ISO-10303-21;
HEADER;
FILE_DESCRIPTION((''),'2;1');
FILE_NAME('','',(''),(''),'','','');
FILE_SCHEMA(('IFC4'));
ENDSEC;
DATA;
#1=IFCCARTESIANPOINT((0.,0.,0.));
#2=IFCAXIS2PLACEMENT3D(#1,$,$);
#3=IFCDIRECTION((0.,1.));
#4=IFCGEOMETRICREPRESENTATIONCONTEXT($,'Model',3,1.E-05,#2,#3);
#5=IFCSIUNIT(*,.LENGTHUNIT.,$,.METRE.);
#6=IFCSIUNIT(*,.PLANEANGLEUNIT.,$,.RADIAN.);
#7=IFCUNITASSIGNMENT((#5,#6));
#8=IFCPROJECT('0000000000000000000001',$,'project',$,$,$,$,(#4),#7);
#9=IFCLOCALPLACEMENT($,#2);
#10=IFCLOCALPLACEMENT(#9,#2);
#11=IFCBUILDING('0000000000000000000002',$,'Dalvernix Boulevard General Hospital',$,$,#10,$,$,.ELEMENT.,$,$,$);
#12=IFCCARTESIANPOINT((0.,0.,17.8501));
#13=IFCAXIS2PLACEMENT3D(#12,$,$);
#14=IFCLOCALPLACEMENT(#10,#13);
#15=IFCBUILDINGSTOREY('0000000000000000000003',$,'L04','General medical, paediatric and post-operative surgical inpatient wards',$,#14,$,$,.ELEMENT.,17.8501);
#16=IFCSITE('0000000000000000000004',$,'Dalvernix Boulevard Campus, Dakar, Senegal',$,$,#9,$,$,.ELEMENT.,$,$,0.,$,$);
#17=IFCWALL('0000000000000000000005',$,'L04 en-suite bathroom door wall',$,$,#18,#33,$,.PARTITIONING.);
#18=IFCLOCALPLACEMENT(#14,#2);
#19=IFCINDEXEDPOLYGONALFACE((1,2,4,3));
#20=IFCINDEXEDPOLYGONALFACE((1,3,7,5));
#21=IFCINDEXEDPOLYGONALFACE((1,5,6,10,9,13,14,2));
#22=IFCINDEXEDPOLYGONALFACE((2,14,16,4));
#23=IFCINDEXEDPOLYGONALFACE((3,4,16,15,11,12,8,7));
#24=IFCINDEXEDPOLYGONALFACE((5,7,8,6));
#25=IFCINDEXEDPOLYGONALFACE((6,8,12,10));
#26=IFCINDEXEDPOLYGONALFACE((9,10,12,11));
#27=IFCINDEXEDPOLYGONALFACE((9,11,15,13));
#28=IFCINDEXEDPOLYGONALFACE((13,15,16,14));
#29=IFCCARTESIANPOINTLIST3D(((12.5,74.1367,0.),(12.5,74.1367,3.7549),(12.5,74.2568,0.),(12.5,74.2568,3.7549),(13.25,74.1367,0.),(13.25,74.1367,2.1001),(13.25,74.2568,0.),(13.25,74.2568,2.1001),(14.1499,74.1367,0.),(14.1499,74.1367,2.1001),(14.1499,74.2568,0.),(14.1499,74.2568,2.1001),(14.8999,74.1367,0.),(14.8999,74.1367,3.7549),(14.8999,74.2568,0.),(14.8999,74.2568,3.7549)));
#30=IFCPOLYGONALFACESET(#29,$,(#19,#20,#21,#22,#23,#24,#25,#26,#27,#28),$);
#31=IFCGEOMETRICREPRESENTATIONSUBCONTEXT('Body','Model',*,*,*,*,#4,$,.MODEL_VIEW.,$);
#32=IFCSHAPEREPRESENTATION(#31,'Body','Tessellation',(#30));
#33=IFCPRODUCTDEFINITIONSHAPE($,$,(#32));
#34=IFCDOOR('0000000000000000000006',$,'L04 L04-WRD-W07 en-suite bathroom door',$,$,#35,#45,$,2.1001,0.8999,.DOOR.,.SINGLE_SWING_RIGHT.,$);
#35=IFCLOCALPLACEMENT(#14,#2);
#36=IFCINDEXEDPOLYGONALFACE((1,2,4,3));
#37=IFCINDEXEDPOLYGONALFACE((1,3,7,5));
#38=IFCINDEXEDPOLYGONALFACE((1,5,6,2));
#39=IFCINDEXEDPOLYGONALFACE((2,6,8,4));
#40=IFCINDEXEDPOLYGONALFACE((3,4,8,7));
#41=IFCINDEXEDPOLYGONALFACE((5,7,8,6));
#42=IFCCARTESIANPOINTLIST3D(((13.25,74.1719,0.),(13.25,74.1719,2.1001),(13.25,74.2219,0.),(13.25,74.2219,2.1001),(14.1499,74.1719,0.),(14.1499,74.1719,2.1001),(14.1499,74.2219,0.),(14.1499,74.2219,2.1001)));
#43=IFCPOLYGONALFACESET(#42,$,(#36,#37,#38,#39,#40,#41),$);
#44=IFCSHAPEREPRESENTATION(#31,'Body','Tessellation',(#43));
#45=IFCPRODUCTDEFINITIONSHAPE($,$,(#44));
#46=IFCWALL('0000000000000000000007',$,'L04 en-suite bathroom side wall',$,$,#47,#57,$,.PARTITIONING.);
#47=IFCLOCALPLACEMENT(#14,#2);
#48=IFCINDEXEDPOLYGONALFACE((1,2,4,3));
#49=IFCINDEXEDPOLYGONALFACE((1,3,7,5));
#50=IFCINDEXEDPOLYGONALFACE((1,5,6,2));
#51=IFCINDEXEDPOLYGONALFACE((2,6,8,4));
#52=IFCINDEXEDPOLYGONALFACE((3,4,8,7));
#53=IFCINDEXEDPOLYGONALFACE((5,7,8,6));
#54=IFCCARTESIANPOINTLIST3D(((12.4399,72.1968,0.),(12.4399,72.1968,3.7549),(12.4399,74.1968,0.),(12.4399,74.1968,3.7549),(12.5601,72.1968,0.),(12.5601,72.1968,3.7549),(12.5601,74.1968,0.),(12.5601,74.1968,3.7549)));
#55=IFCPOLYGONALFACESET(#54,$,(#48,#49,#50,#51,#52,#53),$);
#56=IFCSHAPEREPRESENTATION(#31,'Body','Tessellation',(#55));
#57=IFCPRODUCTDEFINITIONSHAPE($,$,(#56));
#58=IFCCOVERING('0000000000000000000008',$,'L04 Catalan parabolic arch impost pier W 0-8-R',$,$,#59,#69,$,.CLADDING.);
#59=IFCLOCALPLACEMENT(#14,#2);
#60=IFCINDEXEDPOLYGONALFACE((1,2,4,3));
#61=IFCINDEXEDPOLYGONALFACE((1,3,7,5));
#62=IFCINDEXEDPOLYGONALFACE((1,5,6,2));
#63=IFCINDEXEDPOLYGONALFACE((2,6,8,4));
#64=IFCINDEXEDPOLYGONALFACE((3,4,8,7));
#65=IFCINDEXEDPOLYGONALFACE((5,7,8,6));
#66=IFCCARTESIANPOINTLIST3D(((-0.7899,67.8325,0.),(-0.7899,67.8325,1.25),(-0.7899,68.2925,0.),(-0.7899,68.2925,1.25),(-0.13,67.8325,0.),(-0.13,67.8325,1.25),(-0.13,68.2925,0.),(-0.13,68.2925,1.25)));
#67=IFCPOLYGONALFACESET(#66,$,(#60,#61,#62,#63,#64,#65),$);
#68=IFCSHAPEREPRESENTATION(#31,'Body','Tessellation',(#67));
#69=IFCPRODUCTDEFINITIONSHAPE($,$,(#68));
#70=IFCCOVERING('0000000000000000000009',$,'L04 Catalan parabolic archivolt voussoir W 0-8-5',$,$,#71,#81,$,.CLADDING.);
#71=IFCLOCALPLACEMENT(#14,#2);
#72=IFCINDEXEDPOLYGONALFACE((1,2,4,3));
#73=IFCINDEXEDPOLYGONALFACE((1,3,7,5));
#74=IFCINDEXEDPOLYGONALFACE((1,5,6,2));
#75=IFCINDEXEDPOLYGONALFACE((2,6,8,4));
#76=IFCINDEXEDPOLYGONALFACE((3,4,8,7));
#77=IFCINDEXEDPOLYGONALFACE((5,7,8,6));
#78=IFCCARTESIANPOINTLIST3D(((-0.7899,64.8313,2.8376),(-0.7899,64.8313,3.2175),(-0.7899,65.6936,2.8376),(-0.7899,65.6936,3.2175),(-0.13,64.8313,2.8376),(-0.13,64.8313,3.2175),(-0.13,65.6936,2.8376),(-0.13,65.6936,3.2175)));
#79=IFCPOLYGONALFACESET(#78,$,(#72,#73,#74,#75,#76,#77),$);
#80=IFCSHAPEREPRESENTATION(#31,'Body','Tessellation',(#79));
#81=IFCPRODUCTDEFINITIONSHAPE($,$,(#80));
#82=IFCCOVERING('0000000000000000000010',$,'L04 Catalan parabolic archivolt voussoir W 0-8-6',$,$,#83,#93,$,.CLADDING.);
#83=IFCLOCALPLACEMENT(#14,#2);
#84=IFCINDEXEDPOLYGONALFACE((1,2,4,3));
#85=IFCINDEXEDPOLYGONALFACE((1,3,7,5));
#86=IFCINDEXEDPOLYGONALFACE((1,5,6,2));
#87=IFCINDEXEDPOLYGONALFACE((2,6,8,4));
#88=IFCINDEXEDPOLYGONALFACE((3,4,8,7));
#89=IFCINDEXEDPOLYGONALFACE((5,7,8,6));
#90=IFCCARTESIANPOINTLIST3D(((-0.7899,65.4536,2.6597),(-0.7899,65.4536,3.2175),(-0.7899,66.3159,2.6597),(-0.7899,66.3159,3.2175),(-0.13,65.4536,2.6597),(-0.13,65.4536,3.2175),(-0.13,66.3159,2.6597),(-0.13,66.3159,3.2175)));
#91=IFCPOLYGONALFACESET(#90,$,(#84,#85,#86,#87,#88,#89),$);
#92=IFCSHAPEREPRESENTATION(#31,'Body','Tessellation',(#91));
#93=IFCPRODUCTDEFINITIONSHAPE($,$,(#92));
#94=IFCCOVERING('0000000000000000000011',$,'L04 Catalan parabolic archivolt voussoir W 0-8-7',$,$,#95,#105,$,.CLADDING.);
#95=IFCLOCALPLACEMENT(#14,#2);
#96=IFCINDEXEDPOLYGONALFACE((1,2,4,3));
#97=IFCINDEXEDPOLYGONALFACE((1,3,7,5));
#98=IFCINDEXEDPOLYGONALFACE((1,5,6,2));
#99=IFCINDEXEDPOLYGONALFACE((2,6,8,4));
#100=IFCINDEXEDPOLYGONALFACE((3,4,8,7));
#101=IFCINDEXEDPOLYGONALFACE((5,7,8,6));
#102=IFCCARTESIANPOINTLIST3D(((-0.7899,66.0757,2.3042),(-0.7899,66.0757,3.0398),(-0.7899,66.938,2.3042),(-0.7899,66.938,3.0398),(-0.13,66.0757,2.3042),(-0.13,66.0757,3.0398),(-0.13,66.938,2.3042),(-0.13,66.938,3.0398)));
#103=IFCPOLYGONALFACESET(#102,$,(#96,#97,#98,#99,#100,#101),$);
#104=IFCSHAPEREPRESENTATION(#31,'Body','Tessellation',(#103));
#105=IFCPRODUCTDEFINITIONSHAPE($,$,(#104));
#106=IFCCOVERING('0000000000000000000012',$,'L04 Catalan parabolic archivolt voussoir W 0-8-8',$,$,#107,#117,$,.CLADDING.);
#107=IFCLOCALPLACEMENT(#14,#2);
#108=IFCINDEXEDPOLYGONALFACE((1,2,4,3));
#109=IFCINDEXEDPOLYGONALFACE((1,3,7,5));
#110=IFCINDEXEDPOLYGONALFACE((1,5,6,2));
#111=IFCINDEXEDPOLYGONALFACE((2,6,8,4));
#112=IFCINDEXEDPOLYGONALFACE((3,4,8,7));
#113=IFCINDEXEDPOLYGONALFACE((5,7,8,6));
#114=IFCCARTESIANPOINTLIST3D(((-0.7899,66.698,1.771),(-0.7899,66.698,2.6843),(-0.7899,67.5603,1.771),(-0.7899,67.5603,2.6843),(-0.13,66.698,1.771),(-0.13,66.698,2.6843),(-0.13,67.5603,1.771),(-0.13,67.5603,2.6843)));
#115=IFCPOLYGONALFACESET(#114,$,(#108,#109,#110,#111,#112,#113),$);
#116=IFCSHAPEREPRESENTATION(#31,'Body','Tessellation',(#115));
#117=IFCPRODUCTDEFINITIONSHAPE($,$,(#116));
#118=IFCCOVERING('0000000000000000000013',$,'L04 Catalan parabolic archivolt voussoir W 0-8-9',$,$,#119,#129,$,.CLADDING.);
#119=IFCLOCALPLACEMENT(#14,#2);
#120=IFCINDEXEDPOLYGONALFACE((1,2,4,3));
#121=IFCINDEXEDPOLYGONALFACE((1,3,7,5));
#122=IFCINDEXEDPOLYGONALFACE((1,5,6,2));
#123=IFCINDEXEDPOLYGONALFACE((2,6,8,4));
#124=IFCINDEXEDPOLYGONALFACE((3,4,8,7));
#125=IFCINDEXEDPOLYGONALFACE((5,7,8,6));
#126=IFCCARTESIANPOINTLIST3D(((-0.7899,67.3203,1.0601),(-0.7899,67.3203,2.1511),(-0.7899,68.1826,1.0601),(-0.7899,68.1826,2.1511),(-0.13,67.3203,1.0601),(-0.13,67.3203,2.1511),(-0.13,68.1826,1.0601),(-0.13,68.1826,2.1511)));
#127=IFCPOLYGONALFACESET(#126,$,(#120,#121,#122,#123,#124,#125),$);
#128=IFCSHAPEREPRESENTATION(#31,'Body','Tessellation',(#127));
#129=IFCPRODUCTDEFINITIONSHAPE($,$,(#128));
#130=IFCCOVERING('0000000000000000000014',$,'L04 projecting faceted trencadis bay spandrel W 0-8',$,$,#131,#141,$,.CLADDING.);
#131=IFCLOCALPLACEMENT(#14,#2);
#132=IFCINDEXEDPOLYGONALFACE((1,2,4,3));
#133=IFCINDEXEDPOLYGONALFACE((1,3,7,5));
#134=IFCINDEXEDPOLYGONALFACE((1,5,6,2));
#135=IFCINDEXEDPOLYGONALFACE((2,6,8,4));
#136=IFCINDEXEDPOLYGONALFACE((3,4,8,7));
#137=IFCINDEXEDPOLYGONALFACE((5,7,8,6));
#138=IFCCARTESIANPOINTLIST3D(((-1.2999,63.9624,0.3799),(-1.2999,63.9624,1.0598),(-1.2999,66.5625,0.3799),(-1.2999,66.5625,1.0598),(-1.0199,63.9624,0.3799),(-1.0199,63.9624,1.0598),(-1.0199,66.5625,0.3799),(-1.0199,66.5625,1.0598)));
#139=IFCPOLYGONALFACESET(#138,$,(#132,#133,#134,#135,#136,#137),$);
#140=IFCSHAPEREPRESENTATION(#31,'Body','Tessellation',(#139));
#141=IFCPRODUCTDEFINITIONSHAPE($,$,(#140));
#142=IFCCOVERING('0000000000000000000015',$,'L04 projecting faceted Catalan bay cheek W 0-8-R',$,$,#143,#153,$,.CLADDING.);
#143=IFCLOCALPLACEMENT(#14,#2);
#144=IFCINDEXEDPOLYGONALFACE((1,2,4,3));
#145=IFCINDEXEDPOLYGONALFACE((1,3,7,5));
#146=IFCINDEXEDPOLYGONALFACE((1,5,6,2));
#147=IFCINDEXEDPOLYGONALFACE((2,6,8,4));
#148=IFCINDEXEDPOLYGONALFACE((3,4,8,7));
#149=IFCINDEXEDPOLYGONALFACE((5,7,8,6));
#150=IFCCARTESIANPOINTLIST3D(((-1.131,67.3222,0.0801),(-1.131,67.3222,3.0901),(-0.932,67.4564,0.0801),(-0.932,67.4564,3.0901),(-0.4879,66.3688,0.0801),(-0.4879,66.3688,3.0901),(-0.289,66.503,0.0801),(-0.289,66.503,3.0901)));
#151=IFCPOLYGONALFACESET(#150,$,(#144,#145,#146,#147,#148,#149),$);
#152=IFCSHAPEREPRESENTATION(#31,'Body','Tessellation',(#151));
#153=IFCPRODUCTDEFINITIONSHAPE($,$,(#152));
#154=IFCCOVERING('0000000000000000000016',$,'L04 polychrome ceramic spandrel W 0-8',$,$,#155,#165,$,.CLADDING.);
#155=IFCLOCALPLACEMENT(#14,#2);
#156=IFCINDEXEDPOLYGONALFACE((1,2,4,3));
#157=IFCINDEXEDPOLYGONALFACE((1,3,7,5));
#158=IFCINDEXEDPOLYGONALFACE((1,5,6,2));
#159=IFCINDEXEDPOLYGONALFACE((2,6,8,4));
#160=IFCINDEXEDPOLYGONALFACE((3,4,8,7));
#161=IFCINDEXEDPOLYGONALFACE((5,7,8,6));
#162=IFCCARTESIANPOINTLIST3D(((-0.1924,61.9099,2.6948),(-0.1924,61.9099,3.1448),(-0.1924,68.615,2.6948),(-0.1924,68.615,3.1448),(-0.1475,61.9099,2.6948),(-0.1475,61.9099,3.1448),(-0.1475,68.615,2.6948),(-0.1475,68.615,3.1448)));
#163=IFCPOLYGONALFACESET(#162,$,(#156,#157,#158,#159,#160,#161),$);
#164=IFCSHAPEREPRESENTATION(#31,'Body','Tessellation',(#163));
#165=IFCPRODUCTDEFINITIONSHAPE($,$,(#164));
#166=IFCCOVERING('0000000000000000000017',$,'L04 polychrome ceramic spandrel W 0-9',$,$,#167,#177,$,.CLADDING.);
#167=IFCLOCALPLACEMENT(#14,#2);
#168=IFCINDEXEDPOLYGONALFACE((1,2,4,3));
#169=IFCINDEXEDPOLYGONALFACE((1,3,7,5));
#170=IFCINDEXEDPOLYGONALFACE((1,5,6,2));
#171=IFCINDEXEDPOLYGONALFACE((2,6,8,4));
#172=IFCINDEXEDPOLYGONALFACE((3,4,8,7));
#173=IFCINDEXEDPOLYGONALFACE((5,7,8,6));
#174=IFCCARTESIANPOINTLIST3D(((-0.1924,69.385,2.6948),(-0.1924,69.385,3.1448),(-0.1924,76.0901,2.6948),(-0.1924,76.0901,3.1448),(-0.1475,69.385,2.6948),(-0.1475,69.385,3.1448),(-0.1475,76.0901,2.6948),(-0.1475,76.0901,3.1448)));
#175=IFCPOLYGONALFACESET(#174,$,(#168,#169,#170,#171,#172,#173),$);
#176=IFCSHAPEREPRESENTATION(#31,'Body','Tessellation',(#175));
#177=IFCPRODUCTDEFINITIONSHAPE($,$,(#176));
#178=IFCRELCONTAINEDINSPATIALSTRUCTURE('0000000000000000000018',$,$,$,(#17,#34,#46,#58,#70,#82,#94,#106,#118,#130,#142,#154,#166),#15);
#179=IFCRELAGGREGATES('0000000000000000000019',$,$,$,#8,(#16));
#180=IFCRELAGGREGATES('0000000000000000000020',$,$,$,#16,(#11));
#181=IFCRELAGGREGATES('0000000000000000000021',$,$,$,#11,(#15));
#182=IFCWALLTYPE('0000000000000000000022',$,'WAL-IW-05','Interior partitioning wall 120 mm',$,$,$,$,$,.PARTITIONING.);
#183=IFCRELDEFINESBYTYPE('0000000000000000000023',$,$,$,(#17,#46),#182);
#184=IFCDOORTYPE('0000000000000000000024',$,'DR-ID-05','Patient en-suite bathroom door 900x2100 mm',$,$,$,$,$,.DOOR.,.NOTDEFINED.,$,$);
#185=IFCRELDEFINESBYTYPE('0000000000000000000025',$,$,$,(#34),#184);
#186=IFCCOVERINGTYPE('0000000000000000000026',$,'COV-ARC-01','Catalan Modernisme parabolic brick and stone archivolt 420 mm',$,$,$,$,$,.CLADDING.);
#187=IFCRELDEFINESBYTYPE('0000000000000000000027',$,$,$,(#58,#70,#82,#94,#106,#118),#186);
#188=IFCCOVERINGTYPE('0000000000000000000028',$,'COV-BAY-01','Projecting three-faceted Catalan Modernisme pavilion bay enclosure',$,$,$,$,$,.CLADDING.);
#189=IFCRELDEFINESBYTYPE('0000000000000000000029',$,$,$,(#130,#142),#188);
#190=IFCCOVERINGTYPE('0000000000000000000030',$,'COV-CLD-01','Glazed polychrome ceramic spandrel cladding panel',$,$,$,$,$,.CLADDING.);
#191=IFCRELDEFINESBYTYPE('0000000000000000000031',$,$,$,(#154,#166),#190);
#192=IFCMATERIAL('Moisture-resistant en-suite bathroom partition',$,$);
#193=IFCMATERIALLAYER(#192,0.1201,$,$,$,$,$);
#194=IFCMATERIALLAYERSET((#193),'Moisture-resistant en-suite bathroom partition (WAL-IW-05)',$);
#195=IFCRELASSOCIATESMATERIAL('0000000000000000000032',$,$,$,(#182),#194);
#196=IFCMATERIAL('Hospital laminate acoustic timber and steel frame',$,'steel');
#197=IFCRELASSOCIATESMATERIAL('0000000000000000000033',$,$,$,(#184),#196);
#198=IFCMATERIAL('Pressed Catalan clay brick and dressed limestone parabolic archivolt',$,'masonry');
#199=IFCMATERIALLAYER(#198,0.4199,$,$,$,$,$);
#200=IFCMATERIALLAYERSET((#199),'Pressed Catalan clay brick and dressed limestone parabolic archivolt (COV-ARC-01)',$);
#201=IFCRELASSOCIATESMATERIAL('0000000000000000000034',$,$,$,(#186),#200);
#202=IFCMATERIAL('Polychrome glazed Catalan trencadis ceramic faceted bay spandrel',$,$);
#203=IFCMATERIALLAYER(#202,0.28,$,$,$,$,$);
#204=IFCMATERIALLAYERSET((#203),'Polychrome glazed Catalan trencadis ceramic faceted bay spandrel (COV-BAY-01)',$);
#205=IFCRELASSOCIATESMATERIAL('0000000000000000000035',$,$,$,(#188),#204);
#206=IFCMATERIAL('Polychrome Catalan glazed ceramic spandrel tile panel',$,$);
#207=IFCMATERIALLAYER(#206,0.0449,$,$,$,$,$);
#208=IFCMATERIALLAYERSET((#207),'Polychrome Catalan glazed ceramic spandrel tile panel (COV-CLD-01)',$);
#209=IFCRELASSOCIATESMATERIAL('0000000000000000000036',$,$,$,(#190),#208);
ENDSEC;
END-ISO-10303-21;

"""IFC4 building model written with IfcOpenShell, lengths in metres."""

from ifc_helpers import new_model, si_unit, direction, frame, frame_2d, origin, origin_2d, place, context, subcontext, project, spatial, rectangle, extrude, material, layer, layer_set, type_object, element, fill, save


model = new_model("IFC4")

# Units and contexts
model_context = context("Model", 3, precision=1e-05, world=origin(), true_north=direction((0.0, 1.0)))
body_context = subcontext(model_context, "Body", "Model", "MODEL_VIEW")
ifc_project = project(units=[si_unit("LENGTHUNIT", "METRE"), si_unit("PLANEANGLEUNIT", "RADIAN")], contexts=[model_context])

# Site, building, storey
site_placement = place(None, origin())
site = spatial("IfcSite", under=ifc_project, at=site_placement, Name="Dalvernix Boulevard Campus, Dakar, Senegal", CompositionType="ELEMENT", RefElevation=0.0)
building_placement = place(site_placement, origin())
building = spatial("IfcBuilding", under=site, at=building_placement, Name="Dalvernix Boulevard General Hospital", CompositionType="ELEMENT")
storey_placement = place(building_placement, frame((0.0, 0.0, 17.8501)))
storey = spatial("IfcBuildingStorey", under=building, at=storey_placement, Name="L04", Description="General medical, paediatric and post-operative surgical inpatient wards", CompositionType="ELEMENT", Elevation=17.8501)

# Shared definitions
ifc_material_1 = material(Name="Hospital laminate acoustic timber and steel frame", Category="steel")

# Wall, opening, door
ifc_material_2 = material(Name="Moisture-resistant en-suite bathroom partition")
ifc_layer_1 = layer(ifc_material_2, 0.1201)
ifc_layer_set_1 = layer_set([ifc_layer_1], Name="Moisture-resistant en-suite bathroom partition (WAL-IW-05)")
wall_type_1 = type_object("IfcWallType", Name="WAL-IW-05", Description="Interior partitioning wall 120 mm", PredefinedType="PARTITIONING", material=ifc_layer_set_1)
wall_1_placement = place(storey_placement, frame((14.8999, 74.1968, 0.0), z_axis=(0.0, 0.0, 1.0), x_axis=(-1.0, 0.0, 0.0)))
wall_1 = element("IfcWall", 1, at=wall_1_placement, inside=storey, type_object=wall_type_1, Name="L04 en-suite bathroom door wall", PredefinedType="PARTITIONING", context=body_context, shape_type="SweptSolid", body=[
    extrude(rectangle(XDim=2.3999, YDim=0.1201, at=frame_2d((1.2, 0.0))), origin(), (0.0, 0.0, 1.0), 3.7549),
])
opening_1_placement = place(wall_1_placement, frame((0.75, 0.0, 0.0)))
opening_1 = element("IfcOpeningElement", 2, at=opening_1_placement, cuts=wall_1, PredefinedType="OPENING", context=body_context, shape_type="SweptSolid", body=[
    extrude(rectangle(XDim=0.8999, YDim=2.1001, at=frame_2d((0.45, 1.05))), frame((0.0, 0.0701, 0.0), z_axis=(0.0, -1.0, 0.0), x_axis=(1.0, 0.0, 0.0)), (0.0, 0.0, 1.0), 0.1401),
])
door_type_1 = type_object("IfcDoorType", Name="DR-ID-05", Description="Patient en-suite bathroom door 900x2100 mm", OperationType="NOTDEFINED", PredefinedType="DOOR", material=ifc_material_1)
door_1_placement = place(opening_1_placement, origin())
door_1 = element("IfcDoor", 3, at=door_1_placement, inside=storey, type_object=door_type_1, Name="L04 L04-WRD-W07 en-suite bathroom door", OperationType="SINGLE_SWING_RIGHT", OverallHeight=2.1001, OverallWidth=0.8999, PredefinedType="DOOR", context=body_context, shape_type="SweptSolid", body=[
    extrude(rectangle(XDim=0.8999, YDim=2.1001, at=frame_2d((0.45, 1.05))), frame((0.0, 0.0249, 0.0), z_axis=(0.0, -1.0, 0.0), x_axis=(1.0, 0.0, 0.0)), (0.0, 0.0, 1.0), 0.05),
])
fill(opening_1, door_1)

# Wall
wall_2_placement = place(storey_placement, frame((12.5, 72.1968, 0.0), z_axis=(0.0, 0.0, 1.0), x_axis=(0.0, 1.0, 0.0)))
element("IfcWall", 4, at=wall_2_placement, inside=storey, type_object=wall_type_1, Name="L04 en-suite bathroom side wall", PredefinedType="PARTITIONING", context=body_context, shape_type="SweptSolid", body=[
    extrude(rectangle(XDim=2.0, YDim=0.1201, at=frame_2d((1.0, 0.0))), origin(), (0.0, 0.0, 1.0), 3.7549),
])

# Coverings
ifc_material_3 = material(Name="Pressed Catalan clay brick and dressed limestone parabolic archivolt", Category="masonry")
ifc_layer_2 = layer(ifc_material_3, 0.4199)
ifc_layer_set_2 = layer_set([ifc_layer_2], Name="Pressed Catalan clay brick and dressed limestone parabolic archivolt (COV-ARC-01)")
covering_type_1 = type_object("IfcCoveringType", Name="COV-ARC-01", Description="Catalan Modernisme parabolic brick and stone archivolt 420 mm", PredefinedType="CLADDING", material=ifc_layer_set_2)
covering_1_placement = place(storey_placement, frame((-0.46, 68.0625, 0.0), z_axis=(0.0, 0.0, 1.0), x_axis=(0.0, 1.0, 0.0)))
element("IfcCovering", 5, at=covering_1_placement, inside=storey, type_object=covering_type_1, Name="L04 Catalan parabolic arch impost pier W 0-8-R", PredefinedType="CLADDING", context=body_context, shape_type="SweptSolid", body=[
    extrude(rectangle(XDim=0.46, YDim=0.6599, at=origin_2d()), origin(), (0.0, 0.0, 1.0), 1.25),
])
covering_2_placement = place(storey_placement, frame((-0.46, 65.2625, 2.8376), z_axis=(0.0, 0.0, 1.0), x_axis=(0.0, 1.0, 0.0)))
element("IfcCovering", 6, at=covering_2_placement, inside=storey, type_object=covering_type_1, Name="L04 Catalan parabolic archivolt voussoir W 0-8-5", PredefinedType="CLADDING", context=body_context, shape_type="SweptSolid", body=[
    extrude(rectangle(XDim=0.8623, YDim=0.6599, at=origin_2d()), origin(), (0.0, 0.0, 1.0), 0.3799),
])
covering_3_placement = place(storey_placement, frame((-0.46, 65.8848, 2.6597), z_axis=(0.0, 0.0, 1.0), x_axis=(0.0, 1.0, 0.0)))
element("IfcCovering", 7, at=covering_3_placement, inside=storey, type_object=covering_type_1, Name="L04 Catalan parabolic archivolt voussoir W 0-8-6", PredefinedType="CLADDING", context=body_context, shape_type="SweptSolid", body=[
    extrude(rectangle(XDim=0.8623, YDim=0.6599, at=origin_2d()), origin(), (0.0, 0.0, 1.0), 0.5579),
])
covering_4_placement = place(storey_placement, frame((-0.46, 66.5068, 2.3042), z_axis=(0.0, 0.0, 1.0), x_axis=(0.0, 1.0, 0.0)))
element("IfcCovering", 8, at=covering_4_placement, inside=storey, type_object=covering_type_1, Name="L04 Catalan parabolic archivolt voussoir W 0-8-7", PredefinedType="CLADDING", context=body_context, shape_type="SweptSolid", body=[
    extrude(rectangle(XDim=0.8623, YDim=0.6599, at=origin_2d()), origin(), (0.0, 0.0, 1.0), 0.7356),
])
covering_5_placement = place(storey_placement, frame((-0.46, 67.1292, 1.771), z_axis=(0.0, 0.0, 1.0), x_axis=(0.0, 1.0, 0.0)))
element("IfcCovering", 9, at=covering_5_placement, inside=storey, type_object=covering_type_1, Name="L04 Catalan parabolic archivolt voussoir W 0-8-8", PredefinedType="CLADDING", context=body_context, shape_type="SweptSolid", body=[
    extrude(rectangle(XDim=0.8623, YDim=0.6599, at=origin_2d()), origin(), (0.0, 0.0, 1.0), 0.9133),
])
covering_6_placement = place(storey_placement, frame((-0.46, 67.7515, 1.0601), z_axis=(0.0, 0.0, 1.0), x_axis=(0.0, 1.0, 0.0)))
element("IfcCovering", 10, at=covering_6_placement, inside=storey, type_object=covering_type_1, Name="L04 Catalan parabolic archivolt voussoir W 0-8-9", PredefinedType="CLADDING", context=body_context, shape_type="SweptSolid", body=[
    extrude(rectangle(XDim=0.8623, YDim=0.6599, at=origin_2d()), origin(), (0.0, 0.0, 1.0), 1.0911),
])
ifc_material_4 = material(Name="Polychrome glazed Catalan trencadis ceramic faceted bay spandrel")
ifc_layer_3 = layer(ifc_material_4, 0.28)
ifc_layer_set_3 = layer_set([ifc_layer_3], Name="Polychrome glazed Catalan trencadis ceramic faceted bay spandrel (COV-BAY-01)")
covering_type_2 = type_object("IfcCoveringType", Name="COV-BAY-01", Description="Projecting three-faceted Catalan Modernisme pavilion bay enclosure", PredefinedType="CLADDING", material=ifc_layer_set_3)
covering_7_placement = place(storey_placement, frame((-1.1599, 65.2625, 0.3799), z_axis=(0.0, 0.0, 1.0), x_axis=(0.0, 1.0, 0.0)))
element("IfcCovering", 11, at=covering_7_placement, inside=storey, type_object=covering_type_2, Name="L04 projecting faceted trencadis bay spandrel W 0-8", PredefinedType="CLADDING", context=body_context, shape_type="SweptSolid", body=[
    extrude(rectangle(XDim=2.6001, YDim=0.28, at=origin_2d()), origin(), (0.0, 0.0, 1.0), 0.6799),
])
covering_8_placement = place(storey_placement, frame((-0.71, 66.9126, 0.0801), z_axis=(0.0, 0.0, 1.0), x_axis=(-0.559193, 0.829038, 0.0)))
element("IfcCovering", 12, at=covering_8_placement, inside=storey, type_object=covering_type_2, Name="L04 projecting faceted Catalan bay cheek W 0-8-R", PredefinedType="CLADDING", context=body_context, shape_type="SweptSolid", body=[
    extrude(rectangle(XDim=1.1499, YDim=0.24, at=origin_2d()), origin(), (0.0, 0.0, 1.0), 3.01),
])
ifc_material_5 = material(Name="Polychrome Catalan glazed ceramic spandrel tile panel")
ifc_layer_4 = layer(ifc_material_5, 0.0449)
ifc_layer_set_4 = layer_set([ifc_layer_4], Name="Polychrome Catalan glazed ceramic spandrel tile panel (COV-CLD-01)")
covering_type_3 = type_object("IfcCoveringType", Name="COV-CLD-01", Description="Glazed polychrome ceramic spandrel cladding panel", PredefinedType="CLADDING", material=ifc_layer_set_4)
for number, where, z_axis, x_axis, name in (
    (13, (-0.1699, 65.2625, 2.6948), (0.0, 0.0, 1.0), (0.0, 1.0, 0.0), "L04 polychrome ceramic spandrel W 0-8"),
    (14, (-0.1699, 72.7375, 2.6948), (0.0, 0.0, 1.0), (0.0, 1.0, 0.0), "L04 polychrome ceramic spandrel W 0-9"),
):
    element("IfcCovering", number, at=place(storey_placement, frame(where, z_axis=z_axis, x_axis=x_axis)), inside=storey, type_object=covering_type_3, Name=name, PredefinedType="CLADDING", context=body_context, shape_type="SweptSolid", body=[
        extrude(rectangle(XDim=6.7051, YDim=0.0449, at=origin_2d()), origin(), (0.0, 0.0, 1.0), 0.45),
    ])

save(model, "model.ifc")
